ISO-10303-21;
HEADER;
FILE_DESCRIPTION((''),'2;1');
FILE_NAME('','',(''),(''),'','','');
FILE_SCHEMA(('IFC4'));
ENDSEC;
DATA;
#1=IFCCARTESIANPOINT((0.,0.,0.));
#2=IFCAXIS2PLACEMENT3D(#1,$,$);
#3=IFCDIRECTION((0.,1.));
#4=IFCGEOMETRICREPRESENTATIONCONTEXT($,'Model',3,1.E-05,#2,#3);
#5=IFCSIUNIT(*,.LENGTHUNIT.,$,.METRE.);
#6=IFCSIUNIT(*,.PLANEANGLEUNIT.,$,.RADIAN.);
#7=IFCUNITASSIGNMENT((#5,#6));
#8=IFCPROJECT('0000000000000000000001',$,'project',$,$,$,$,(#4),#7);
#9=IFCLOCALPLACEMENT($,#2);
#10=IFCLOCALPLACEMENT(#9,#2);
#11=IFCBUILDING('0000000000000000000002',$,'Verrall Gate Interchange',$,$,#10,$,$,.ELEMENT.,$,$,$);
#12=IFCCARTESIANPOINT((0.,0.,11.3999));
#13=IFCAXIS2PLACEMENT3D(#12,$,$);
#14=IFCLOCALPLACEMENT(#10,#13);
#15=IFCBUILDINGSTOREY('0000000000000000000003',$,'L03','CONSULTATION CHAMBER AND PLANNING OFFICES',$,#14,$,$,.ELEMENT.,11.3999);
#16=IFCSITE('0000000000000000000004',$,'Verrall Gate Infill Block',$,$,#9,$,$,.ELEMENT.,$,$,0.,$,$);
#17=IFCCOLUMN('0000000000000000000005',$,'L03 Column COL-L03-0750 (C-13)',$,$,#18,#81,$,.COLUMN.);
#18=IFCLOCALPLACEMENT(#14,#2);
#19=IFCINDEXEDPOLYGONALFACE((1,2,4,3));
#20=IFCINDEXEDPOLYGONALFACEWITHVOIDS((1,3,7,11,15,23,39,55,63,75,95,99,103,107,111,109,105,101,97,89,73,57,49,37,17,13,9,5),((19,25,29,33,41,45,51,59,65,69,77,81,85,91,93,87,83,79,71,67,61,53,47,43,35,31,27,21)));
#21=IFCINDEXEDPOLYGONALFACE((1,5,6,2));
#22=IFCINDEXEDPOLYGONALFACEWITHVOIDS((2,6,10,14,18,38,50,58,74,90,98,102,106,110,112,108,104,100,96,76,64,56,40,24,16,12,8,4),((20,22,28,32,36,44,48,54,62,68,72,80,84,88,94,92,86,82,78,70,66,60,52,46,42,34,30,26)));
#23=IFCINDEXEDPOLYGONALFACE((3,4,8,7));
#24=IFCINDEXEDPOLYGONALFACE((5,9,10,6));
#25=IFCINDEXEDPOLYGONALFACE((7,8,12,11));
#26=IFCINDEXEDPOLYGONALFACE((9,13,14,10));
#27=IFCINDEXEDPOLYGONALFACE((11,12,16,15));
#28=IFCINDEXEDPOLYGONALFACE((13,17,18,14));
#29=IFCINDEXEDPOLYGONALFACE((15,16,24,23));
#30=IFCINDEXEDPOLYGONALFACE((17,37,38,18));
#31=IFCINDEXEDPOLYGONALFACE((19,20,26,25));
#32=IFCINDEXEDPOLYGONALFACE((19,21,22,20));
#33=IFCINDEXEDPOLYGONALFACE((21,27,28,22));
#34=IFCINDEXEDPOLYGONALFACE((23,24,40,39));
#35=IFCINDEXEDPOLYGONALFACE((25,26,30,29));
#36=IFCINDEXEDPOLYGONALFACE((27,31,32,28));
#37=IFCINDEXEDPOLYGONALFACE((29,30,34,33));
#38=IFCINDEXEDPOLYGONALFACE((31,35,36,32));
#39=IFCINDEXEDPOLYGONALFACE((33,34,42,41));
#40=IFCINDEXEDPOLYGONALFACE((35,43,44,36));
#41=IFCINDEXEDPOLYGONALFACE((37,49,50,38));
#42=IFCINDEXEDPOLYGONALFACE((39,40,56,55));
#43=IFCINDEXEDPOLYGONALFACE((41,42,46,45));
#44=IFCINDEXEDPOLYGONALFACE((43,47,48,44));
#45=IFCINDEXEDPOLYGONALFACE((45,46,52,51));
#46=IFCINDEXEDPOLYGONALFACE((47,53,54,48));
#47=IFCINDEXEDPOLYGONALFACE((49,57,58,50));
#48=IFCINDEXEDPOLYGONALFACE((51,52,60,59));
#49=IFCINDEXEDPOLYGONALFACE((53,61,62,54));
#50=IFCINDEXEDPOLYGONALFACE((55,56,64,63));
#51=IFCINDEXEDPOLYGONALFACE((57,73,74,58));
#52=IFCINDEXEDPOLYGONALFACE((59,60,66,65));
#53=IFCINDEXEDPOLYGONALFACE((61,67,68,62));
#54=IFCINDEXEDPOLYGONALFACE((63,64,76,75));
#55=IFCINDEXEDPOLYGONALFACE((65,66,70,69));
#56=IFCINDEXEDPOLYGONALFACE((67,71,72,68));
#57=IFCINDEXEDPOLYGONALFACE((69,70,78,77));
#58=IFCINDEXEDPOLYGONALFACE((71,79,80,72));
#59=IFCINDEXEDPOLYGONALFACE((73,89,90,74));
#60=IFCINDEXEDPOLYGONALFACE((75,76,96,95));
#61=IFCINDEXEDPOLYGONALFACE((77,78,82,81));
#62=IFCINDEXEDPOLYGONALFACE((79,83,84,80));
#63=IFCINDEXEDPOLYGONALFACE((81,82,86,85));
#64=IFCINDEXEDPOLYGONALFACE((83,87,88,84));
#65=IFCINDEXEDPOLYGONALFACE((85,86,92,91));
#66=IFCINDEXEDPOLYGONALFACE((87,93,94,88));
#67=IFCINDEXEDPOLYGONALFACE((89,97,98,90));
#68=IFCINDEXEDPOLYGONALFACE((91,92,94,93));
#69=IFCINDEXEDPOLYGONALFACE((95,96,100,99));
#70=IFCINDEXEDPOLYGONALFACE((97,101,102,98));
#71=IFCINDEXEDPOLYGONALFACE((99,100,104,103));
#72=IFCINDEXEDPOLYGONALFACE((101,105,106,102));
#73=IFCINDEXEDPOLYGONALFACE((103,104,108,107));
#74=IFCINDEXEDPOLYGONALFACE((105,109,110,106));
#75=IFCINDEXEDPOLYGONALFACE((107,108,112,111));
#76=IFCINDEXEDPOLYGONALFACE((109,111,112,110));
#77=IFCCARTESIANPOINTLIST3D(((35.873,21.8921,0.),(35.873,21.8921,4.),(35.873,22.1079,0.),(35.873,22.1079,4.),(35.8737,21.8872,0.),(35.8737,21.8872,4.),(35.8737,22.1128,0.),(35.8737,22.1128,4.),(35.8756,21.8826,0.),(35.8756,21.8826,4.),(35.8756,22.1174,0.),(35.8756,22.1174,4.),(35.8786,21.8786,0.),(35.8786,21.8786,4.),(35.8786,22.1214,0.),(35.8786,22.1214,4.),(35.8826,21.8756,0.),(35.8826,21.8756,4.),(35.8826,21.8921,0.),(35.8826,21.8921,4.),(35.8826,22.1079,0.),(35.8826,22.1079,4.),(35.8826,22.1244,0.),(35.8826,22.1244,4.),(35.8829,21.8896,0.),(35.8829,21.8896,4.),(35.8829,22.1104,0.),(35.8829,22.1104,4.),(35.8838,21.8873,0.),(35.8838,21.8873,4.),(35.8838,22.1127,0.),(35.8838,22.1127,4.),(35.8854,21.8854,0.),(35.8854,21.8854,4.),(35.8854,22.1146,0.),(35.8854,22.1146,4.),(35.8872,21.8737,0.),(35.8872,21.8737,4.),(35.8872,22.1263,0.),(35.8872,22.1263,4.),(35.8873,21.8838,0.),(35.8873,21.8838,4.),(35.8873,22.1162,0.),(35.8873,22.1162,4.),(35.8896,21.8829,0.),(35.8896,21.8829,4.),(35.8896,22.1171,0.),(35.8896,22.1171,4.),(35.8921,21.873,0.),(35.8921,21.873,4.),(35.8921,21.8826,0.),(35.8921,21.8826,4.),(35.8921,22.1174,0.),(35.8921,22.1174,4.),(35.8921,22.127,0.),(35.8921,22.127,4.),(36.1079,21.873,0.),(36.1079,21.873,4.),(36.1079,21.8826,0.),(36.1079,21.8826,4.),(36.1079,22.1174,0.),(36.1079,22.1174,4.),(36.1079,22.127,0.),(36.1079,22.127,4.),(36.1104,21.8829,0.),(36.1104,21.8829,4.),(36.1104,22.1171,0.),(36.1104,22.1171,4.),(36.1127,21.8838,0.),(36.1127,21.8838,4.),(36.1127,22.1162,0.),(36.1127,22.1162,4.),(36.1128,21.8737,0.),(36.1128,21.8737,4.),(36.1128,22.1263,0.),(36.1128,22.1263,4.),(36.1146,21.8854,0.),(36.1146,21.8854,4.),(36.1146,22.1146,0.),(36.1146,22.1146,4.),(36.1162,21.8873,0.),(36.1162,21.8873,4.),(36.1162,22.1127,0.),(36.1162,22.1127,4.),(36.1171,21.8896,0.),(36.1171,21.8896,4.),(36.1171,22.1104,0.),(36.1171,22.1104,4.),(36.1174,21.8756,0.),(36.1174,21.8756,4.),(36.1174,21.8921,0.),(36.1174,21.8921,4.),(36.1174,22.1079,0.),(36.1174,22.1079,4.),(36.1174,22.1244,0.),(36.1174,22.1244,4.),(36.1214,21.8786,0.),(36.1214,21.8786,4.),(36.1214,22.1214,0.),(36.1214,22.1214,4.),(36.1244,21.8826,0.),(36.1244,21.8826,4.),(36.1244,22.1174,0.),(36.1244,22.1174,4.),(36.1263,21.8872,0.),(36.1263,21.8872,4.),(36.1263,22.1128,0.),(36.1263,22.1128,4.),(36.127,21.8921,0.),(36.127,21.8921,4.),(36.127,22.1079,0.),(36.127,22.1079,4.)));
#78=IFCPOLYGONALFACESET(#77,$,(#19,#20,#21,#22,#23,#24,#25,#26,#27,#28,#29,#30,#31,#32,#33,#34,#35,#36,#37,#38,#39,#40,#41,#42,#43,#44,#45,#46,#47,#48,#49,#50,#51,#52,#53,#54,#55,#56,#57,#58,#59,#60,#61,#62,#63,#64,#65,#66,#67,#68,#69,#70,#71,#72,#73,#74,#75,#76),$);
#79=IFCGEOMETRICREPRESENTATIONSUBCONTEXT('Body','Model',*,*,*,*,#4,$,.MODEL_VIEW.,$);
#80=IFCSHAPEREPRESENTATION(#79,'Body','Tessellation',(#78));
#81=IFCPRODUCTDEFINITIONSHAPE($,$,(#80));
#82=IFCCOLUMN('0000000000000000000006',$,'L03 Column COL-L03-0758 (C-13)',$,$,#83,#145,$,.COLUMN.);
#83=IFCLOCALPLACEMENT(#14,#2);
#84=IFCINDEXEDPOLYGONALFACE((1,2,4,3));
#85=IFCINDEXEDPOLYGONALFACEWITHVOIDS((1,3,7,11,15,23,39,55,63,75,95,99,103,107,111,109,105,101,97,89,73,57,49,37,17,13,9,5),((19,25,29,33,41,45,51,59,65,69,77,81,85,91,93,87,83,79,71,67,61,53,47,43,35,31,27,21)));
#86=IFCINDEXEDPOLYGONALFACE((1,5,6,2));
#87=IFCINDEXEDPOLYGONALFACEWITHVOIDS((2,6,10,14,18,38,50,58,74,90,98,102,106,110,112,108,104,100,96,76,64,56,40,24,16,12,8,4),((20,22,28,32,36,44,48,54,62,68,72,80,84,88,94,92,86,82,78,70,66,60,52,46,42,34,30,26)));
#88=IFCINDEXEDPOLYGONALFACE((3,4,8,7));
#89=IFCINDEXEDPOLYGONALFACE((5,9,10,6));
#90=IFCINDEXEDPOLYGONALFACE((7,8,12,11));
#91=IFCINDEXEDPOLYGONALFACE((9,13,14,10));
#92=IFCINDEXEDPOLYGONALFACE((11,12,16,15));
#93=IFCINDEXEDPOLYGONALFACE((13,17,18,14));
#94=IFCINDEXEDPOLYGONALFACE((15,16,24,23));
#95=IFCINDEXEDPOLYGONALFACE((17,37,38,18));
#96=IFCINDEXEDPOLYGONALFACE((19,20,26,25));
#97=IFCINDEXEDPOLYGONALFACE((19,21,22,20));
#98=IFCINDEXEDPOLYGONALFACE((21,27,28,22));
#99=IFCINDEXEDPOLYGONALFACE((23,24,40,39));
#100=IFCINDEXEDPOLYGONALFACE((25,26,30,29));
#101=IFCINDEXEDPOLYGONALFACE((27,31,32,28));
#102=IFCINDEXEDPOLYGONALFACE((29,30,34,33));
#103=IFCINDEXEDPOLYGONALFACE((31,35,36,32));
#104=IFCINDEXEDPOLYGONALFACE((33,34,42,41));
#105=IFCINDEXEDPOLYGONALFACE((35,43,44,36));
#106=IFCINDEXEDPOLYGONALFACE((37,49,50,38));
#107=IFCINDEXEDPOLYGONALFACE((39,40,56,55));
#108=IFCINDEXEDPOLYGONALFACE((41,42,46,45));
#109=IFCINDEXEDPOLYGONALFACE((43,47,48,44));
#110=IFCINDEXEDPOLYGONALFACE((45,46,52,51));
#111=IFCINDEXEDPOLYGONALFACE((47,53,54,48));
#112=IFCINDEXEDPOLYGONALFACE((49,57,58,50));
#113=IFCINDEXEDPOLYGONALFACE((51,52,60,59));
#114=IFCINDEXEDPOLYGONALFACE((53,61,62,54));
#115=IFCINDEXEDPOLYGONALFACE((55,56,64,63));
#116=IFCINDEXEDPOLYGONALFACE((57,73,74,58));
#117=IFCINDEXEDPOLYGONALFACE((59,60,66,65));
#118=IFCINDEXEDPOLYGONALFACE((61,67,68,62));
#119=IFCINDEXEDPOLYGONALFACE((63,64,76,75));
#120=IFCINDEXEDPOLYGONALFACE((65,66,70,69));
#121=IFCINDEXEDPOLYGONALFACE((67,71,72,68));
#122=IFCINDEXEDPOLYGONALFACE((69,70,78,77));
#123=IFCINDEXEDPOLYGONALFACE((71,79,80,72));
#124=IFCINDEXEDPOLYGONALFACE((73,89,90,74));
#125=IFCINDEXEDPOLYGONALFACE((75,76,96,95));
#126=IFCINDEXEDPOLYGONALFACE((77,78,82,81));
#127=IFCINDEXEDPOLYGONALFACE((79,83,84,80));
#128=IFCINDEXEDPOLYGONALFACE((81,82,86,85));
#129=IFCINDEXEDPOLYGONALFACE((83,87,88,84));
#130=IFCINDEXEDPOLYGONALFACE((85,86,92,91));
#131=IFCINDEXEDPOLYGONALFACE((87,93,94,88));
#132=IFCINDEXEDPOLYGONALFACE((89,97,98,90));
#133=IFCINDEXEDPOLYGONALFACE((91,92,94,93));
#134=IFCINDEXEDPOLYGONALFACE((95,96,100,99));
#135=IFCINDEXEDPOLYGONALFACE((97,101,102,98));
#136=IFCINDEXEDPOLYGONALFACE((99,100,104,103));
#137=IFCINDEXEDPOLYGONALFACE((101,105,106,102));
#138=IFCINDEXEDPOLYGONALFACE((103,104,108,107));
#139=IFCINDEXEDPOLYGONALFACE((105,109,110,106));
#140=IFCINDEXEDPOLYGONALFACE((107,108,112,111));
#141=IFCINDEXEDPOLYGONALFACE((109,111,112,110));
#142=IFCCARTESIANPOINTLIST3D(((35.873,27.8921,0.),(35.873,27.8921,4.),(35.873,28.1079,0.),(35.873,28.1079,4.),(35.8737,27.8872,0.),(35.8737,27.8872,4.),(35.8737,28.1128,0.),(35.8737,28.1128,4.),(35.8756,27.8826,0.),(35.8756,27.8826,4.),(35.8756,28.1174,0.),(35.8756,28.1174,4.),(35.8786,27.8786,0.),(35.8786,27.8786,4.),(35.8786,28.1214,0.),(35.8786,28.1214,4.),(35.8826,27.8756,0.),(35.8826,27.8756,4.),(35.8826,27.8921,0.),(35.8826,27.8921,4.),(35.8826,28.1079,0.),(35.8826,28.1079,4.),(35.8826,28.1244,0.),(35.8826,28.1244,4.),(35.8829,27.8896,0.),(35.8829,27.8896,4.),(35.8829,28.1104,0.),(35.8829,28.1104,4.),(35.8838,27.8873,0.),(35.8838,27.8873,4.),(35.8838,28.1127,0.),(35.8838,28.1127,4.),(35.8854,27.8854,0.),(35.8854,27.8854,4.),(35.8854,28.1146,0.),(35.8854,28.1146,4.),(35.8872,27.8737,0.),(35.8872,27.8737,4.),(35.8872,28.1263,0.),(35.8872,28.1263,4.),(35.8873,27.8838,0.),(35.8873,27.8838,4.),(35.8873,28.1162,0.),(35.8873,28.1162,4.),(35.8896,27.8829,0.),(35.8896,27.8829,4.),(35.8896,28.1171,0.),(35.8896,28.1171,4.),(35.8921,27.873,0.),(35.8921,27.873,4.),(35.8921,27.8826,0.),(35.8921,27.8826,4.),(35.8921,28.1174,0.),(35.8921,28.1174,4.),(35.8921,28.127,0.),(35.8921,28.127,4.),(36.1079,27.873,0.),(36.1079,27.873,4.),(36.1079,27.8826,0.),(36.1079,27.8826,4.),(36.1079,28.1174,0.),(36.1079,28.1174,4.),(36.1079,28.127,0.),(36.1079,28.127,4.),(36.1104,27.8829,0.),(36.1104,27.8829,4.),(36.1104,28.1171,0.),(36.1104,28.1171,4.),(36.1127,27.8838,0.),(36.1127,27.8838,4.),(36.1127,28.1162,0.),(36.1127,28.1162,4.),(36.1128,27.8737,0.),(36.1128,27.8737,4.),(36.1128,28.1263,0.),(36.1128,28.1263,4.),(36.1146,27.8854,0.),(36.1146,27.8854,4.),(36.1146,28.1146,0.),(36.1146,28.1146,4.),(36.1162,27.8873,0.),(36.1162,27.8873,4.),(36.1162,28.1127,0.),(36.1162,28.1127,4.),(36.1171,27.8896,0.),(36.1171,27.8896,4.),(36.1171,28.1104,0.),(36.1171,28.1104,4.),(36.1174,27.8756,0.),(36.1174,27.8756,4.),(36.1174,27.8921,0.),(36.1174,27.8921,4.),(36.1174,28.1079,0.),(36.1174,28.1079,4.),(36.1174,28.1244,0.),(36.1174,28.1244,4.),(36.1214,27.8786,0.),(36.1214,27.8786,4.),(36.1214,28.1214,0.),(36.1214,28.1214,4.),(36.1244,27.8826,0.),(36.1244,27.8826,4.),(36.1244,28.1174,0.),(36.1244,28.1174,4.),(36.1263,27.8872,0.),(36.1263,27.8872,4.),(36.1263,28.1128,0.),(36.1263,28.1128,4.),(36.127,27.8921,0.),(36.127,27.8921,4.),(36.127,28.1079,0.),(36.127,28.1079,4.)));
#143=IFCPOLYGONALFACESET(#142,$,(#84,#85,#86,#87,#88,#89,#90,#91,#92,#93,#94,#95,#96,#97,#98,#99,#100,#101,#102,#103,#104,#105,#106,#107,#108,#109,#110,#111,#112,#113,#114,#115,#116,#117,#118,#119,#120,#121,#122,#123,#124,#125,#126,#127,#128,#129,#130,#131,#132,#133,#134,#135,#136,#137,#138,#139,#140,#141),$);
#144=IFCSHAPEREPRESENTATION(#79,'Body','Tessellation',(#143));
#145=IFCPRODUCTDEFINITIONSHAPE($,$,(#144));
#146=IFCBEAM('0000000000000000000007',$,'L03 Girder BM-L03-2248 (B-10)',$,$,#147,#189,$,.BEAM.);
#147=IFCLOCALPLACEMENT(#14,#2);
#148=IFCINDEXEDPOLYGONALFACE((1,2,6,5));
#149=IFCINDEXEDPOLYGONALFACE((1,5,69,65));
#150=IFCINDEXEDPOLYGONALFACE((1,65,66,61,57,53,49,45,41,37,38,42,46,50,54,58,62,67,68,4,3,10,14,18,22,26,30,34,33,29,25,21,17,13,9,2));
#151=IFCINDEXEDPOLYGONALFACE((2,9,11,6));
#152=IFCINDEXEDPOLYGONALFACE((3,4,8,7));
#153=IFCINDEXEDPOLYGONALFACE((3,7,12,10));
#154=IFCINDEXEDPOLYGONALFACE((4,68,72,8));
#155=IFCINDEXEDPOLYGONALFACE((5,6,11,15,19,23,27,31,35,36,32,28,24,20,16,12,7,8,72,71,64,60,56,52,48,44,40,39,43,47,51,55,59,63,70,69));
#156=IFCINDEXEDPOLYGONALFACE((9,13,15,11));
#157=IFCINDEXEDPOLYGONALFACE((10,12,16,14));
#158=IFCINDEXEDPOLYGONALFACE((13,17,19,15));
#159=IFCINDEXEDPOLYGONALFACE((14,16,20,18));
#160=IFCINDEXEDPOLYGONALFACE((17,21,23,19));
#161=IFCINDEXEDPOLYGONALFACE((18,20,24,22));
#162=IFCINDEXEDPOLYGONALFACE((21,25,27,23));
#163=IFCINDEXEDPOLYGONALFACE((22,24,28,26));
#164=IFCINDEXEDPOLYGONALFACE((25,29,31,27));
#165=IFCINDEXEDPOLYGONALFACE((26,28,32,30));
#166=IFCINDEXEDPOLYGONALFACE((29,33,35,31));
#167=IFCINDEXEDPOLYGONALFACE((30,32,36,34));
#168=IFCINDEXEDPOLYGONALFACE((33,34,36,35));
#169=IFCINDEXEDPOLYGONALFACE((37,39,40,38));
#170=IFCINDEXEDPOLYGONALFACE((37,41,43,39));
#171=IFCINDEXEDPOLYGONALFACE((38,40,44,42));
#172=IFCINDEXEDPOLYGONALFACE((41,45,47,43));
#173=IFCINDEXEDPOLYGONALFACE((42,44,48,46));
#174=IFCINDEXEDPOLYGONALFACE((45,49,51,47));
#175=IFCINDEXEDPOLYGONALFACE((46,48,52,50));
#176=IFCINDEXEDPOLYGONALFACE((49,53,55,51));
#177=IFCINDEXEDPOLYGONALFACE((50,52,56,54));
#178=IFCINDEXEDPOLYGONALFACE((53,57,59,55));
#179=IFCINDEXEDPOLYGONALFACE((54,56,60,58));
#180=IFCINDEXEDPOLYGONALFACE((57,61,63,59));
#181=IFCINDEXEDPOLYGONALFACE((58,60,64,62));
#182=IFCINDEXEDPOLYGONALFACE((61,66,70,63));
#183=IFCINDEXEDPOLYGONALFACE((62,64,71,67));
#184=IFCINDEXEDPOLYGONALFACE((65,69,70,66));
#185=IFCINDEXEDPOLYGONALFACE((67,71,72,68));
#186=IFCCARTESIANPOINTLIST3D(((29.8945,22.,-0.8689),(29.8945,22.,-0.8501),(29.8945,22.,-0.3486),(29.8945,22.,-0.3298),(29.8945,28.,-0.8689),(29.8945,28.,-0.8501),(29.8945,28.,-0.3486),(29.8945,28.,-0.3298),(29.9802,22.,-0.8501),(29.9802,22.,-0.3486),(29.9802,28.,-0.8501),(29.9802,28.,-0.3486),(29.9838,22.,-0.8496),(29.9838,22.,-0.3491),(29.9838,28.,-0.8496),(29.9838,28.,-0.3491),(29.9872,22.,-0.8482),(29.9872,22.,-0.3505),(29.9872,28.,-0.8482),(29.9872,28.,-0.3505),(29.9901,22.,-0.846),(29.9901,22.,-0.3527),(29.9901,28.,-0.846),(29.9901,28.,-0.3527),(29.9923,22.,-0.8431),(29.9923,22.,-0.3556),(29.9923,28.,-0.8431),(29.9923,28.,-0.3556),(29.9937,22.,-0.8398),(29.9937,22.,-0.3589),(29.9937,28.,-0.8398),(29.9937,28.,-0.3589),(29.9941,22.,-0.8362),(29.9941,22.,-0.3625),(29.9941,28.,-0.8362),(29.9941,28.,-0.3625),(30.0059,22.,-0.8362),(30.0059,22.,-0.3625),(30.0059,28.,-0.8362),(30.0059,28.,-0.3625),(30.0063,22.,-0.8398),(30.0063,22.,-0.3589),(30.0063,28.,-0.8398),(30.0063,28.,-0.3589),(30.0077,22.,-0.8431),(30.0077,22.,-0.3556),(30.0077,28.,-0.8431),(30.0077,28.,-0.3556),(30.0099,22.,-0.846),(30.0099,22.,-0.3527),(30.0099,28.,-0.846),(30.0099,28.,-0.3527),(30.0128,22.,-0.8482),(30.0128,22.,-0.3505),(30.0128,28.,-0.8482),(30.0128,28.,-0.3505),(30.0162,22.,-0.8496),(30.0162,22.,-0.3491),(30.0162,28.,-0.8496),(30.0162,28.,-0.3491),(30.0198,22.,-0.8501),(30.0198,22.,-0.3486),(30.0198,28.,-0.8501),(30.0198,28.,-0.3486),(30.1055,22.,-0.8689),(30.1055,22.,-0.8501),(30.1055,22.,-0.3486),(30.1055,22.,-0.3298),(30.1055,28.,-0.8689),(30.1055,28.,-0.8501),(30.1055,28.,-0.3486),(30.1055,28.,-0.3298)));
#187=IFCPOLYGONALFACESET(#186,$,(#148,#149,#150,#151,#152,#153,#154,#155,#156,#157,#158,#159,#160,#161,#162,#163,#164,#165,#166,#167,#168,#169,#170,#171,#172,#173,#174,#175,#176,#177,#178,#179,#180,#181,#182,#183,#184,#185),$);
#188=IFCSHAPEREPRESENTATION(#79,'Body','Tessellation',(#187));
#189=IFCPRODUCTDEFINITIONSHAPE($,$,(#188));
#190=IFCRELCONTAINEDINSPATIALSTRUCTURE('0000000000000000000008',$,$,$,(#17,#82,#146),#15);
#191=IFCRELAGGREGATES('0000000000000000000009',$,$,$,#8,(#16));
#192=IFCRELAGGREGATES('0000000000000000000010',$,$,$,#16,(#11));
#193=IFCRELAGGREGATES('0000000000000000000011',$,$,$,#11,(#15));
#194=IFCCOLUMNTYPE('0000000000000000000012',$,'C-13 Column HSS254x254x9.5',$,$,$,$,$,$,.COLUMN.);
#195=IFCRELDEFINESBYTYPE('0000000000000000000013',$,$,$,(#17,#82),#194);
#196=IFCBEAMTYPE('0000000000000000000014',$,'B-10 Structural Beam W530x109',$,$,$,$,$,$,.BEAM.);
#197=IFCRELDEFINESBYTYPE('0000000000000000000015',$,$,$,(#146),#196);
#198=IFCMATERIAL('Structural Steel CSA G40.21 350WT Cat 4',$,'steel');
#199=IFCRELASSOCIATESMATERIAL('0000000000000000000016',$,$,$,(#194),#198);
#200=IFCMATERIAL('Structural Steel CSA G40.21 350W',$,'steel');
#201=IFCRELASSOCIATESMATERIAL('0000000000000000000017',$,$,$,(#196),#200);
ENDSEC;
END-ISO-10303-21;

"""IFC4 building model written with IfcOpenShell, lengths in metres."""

from ifc_helpers import new_model, si_unit, direction, frame, origin, origin_2d, place, context, subcontext, project, spatial, hollow_rectangle, i_section, extrude, material, material_profile, profile_set, type_object, element, save


model = new_model("IFC4")

# Units and contexts
model_context = context("Model", 3, precision=1e-05, world=origin(), true_north=direction((0.0, 1.0)))
body_context = subcontext(model_context, "Body", "Model", "MODEL_VIEW")
ifc_project = project(units=[si_unit("LENGTHUNIT", "METRE"), si_unit("PLANEANGLEUNIT", "RADIAN")], contexts=[model_context])

# Site, building, storey
site_placement = place(None, origin())
site = spatial("IfcSite", under=ifc_project, at=site_placement, Name="Verrall Gate Infill Block", CompositionType="ELEMENT", RefElevation=0.0)
building_placement = place(site_placement, origin())
building = spatial("IfcBuilding", under=site, at=building_placement, Name="Verrall Gate Interchange", CompositionType="ELEMENT")
storey_placement = place(building_placement, frame((0.0, 0.0, 11.3999)))
storey = spatial("IfcBuildingStorey", under=building, at=storey_placement, Name="L03", Description="CONSULTATION CHAMBER AND PLANNING OFFICES", CompositionType="ELEMENT", Elevation=11.3999)

# Columns
ifc_material_1 = material(Name="Structural Steel CSA G40.21 350WT Cat 4", Category="steel")
ifc_material_profile_1 = material_profile(ifc_material_1, hollow_rectangle(XDim=0.2539, YDim=0.2539, WallThickness=0.0095, InnerFilletRadius=0.0095, OuterFilletRadius=0.019, at=origin_2d()), Name="HSS254x254x9.5")
ifc_profile_set_1 = profile_set([ifc_material_profile_1], Name="Structural Steel CSA G40.21 350WT Cat 4")
column_type = type_object("IfcColumnType", Name="C-13 Column HSS254x254x9.5", PredefinedType="COLUMN", material=ifc_profile_set_1)
for number, where, z_axis, x_axis, name in (
    (1, (36.0, 22.0, 0.0), (0.0, 0.0, 1.0), (1.0, 0.0, 0.0), "L03 Column COL-L03-0750 (C-13)"),
    (2, (36.0, 28.0, 0.0), (0.0, 0.0, 1.0), (1.0, 0.0, 0.0), "L03 Column COL-L03-0758 (C-13)"),
):
    element("IfcColumn", number, at=place(storey_placement, frame(where, z_axis=z_axis, x_axis=x_axis)), inside=storey, type_object=column_type, Name=name, PredefinedType="COLUMN", context=body_context, shape_type="SweptSolid", body=[
        extrude(hollow_rectangle(XDim=0.2539, YDim=0.2539, WallThickness=0.0095, InnerFilletRadius=0.0095, OuterFilletRadius=0.019, at=origin_2d()), origin(), (0.0, 0.0, 1.0), 4.0),
    ])

# Beam
ifc_material_2 = material(Name="Structural Steel CSA G40.21 350W", Category="steel")
ifc_material_profile_2 = material_profile(ifc_material_2, i_section(OverallWidth=0.2109, OverallDepth=0.5391, WebThickness=0.0117, FlangeThickness=0.0188, FilletRadius=0.0139, at=origin_2d()), Name="W530x109")
ifc_profile_set_2 = profile_set([ifc_material_profile_2], Name="Structural Steel CSA G40.21 350W")
beam_type_1 = type_object("IfcBeamType", Name="B-10 Structural Beam W530x109", PredefinedType="BEAM", material=ifc_profile_set_2)
for number, where, z_axis, x_axis, name in (
    (3, (30.0, 22.0, -0.5994), (0.0, 1.0, 0.0), (-1.0, 0.0, 0.0), "L03 Girder BM-L03-2248 (B-10)"),
):
    element("IfcBeam", number, at=place(storey_placement, frame(where, z_axis=z_axis, x_axis=x_axis)), inside=storey, type_object=beam_type_1, Name=name, PredefinedType="BEAM", context=body_context, shape_type="SweptSolid", body=[
        extrude(i_section(OverallWidth=0.2109, OverallDepth=0.5391, WebThickness=0.0117, FlangeThickness=0.0188, FilletRadius=0.0139, at=origin_2d()), origin(), (0.0, 0.0, 1.0), 6.0),
    ])

save(model, "model.ifc")
